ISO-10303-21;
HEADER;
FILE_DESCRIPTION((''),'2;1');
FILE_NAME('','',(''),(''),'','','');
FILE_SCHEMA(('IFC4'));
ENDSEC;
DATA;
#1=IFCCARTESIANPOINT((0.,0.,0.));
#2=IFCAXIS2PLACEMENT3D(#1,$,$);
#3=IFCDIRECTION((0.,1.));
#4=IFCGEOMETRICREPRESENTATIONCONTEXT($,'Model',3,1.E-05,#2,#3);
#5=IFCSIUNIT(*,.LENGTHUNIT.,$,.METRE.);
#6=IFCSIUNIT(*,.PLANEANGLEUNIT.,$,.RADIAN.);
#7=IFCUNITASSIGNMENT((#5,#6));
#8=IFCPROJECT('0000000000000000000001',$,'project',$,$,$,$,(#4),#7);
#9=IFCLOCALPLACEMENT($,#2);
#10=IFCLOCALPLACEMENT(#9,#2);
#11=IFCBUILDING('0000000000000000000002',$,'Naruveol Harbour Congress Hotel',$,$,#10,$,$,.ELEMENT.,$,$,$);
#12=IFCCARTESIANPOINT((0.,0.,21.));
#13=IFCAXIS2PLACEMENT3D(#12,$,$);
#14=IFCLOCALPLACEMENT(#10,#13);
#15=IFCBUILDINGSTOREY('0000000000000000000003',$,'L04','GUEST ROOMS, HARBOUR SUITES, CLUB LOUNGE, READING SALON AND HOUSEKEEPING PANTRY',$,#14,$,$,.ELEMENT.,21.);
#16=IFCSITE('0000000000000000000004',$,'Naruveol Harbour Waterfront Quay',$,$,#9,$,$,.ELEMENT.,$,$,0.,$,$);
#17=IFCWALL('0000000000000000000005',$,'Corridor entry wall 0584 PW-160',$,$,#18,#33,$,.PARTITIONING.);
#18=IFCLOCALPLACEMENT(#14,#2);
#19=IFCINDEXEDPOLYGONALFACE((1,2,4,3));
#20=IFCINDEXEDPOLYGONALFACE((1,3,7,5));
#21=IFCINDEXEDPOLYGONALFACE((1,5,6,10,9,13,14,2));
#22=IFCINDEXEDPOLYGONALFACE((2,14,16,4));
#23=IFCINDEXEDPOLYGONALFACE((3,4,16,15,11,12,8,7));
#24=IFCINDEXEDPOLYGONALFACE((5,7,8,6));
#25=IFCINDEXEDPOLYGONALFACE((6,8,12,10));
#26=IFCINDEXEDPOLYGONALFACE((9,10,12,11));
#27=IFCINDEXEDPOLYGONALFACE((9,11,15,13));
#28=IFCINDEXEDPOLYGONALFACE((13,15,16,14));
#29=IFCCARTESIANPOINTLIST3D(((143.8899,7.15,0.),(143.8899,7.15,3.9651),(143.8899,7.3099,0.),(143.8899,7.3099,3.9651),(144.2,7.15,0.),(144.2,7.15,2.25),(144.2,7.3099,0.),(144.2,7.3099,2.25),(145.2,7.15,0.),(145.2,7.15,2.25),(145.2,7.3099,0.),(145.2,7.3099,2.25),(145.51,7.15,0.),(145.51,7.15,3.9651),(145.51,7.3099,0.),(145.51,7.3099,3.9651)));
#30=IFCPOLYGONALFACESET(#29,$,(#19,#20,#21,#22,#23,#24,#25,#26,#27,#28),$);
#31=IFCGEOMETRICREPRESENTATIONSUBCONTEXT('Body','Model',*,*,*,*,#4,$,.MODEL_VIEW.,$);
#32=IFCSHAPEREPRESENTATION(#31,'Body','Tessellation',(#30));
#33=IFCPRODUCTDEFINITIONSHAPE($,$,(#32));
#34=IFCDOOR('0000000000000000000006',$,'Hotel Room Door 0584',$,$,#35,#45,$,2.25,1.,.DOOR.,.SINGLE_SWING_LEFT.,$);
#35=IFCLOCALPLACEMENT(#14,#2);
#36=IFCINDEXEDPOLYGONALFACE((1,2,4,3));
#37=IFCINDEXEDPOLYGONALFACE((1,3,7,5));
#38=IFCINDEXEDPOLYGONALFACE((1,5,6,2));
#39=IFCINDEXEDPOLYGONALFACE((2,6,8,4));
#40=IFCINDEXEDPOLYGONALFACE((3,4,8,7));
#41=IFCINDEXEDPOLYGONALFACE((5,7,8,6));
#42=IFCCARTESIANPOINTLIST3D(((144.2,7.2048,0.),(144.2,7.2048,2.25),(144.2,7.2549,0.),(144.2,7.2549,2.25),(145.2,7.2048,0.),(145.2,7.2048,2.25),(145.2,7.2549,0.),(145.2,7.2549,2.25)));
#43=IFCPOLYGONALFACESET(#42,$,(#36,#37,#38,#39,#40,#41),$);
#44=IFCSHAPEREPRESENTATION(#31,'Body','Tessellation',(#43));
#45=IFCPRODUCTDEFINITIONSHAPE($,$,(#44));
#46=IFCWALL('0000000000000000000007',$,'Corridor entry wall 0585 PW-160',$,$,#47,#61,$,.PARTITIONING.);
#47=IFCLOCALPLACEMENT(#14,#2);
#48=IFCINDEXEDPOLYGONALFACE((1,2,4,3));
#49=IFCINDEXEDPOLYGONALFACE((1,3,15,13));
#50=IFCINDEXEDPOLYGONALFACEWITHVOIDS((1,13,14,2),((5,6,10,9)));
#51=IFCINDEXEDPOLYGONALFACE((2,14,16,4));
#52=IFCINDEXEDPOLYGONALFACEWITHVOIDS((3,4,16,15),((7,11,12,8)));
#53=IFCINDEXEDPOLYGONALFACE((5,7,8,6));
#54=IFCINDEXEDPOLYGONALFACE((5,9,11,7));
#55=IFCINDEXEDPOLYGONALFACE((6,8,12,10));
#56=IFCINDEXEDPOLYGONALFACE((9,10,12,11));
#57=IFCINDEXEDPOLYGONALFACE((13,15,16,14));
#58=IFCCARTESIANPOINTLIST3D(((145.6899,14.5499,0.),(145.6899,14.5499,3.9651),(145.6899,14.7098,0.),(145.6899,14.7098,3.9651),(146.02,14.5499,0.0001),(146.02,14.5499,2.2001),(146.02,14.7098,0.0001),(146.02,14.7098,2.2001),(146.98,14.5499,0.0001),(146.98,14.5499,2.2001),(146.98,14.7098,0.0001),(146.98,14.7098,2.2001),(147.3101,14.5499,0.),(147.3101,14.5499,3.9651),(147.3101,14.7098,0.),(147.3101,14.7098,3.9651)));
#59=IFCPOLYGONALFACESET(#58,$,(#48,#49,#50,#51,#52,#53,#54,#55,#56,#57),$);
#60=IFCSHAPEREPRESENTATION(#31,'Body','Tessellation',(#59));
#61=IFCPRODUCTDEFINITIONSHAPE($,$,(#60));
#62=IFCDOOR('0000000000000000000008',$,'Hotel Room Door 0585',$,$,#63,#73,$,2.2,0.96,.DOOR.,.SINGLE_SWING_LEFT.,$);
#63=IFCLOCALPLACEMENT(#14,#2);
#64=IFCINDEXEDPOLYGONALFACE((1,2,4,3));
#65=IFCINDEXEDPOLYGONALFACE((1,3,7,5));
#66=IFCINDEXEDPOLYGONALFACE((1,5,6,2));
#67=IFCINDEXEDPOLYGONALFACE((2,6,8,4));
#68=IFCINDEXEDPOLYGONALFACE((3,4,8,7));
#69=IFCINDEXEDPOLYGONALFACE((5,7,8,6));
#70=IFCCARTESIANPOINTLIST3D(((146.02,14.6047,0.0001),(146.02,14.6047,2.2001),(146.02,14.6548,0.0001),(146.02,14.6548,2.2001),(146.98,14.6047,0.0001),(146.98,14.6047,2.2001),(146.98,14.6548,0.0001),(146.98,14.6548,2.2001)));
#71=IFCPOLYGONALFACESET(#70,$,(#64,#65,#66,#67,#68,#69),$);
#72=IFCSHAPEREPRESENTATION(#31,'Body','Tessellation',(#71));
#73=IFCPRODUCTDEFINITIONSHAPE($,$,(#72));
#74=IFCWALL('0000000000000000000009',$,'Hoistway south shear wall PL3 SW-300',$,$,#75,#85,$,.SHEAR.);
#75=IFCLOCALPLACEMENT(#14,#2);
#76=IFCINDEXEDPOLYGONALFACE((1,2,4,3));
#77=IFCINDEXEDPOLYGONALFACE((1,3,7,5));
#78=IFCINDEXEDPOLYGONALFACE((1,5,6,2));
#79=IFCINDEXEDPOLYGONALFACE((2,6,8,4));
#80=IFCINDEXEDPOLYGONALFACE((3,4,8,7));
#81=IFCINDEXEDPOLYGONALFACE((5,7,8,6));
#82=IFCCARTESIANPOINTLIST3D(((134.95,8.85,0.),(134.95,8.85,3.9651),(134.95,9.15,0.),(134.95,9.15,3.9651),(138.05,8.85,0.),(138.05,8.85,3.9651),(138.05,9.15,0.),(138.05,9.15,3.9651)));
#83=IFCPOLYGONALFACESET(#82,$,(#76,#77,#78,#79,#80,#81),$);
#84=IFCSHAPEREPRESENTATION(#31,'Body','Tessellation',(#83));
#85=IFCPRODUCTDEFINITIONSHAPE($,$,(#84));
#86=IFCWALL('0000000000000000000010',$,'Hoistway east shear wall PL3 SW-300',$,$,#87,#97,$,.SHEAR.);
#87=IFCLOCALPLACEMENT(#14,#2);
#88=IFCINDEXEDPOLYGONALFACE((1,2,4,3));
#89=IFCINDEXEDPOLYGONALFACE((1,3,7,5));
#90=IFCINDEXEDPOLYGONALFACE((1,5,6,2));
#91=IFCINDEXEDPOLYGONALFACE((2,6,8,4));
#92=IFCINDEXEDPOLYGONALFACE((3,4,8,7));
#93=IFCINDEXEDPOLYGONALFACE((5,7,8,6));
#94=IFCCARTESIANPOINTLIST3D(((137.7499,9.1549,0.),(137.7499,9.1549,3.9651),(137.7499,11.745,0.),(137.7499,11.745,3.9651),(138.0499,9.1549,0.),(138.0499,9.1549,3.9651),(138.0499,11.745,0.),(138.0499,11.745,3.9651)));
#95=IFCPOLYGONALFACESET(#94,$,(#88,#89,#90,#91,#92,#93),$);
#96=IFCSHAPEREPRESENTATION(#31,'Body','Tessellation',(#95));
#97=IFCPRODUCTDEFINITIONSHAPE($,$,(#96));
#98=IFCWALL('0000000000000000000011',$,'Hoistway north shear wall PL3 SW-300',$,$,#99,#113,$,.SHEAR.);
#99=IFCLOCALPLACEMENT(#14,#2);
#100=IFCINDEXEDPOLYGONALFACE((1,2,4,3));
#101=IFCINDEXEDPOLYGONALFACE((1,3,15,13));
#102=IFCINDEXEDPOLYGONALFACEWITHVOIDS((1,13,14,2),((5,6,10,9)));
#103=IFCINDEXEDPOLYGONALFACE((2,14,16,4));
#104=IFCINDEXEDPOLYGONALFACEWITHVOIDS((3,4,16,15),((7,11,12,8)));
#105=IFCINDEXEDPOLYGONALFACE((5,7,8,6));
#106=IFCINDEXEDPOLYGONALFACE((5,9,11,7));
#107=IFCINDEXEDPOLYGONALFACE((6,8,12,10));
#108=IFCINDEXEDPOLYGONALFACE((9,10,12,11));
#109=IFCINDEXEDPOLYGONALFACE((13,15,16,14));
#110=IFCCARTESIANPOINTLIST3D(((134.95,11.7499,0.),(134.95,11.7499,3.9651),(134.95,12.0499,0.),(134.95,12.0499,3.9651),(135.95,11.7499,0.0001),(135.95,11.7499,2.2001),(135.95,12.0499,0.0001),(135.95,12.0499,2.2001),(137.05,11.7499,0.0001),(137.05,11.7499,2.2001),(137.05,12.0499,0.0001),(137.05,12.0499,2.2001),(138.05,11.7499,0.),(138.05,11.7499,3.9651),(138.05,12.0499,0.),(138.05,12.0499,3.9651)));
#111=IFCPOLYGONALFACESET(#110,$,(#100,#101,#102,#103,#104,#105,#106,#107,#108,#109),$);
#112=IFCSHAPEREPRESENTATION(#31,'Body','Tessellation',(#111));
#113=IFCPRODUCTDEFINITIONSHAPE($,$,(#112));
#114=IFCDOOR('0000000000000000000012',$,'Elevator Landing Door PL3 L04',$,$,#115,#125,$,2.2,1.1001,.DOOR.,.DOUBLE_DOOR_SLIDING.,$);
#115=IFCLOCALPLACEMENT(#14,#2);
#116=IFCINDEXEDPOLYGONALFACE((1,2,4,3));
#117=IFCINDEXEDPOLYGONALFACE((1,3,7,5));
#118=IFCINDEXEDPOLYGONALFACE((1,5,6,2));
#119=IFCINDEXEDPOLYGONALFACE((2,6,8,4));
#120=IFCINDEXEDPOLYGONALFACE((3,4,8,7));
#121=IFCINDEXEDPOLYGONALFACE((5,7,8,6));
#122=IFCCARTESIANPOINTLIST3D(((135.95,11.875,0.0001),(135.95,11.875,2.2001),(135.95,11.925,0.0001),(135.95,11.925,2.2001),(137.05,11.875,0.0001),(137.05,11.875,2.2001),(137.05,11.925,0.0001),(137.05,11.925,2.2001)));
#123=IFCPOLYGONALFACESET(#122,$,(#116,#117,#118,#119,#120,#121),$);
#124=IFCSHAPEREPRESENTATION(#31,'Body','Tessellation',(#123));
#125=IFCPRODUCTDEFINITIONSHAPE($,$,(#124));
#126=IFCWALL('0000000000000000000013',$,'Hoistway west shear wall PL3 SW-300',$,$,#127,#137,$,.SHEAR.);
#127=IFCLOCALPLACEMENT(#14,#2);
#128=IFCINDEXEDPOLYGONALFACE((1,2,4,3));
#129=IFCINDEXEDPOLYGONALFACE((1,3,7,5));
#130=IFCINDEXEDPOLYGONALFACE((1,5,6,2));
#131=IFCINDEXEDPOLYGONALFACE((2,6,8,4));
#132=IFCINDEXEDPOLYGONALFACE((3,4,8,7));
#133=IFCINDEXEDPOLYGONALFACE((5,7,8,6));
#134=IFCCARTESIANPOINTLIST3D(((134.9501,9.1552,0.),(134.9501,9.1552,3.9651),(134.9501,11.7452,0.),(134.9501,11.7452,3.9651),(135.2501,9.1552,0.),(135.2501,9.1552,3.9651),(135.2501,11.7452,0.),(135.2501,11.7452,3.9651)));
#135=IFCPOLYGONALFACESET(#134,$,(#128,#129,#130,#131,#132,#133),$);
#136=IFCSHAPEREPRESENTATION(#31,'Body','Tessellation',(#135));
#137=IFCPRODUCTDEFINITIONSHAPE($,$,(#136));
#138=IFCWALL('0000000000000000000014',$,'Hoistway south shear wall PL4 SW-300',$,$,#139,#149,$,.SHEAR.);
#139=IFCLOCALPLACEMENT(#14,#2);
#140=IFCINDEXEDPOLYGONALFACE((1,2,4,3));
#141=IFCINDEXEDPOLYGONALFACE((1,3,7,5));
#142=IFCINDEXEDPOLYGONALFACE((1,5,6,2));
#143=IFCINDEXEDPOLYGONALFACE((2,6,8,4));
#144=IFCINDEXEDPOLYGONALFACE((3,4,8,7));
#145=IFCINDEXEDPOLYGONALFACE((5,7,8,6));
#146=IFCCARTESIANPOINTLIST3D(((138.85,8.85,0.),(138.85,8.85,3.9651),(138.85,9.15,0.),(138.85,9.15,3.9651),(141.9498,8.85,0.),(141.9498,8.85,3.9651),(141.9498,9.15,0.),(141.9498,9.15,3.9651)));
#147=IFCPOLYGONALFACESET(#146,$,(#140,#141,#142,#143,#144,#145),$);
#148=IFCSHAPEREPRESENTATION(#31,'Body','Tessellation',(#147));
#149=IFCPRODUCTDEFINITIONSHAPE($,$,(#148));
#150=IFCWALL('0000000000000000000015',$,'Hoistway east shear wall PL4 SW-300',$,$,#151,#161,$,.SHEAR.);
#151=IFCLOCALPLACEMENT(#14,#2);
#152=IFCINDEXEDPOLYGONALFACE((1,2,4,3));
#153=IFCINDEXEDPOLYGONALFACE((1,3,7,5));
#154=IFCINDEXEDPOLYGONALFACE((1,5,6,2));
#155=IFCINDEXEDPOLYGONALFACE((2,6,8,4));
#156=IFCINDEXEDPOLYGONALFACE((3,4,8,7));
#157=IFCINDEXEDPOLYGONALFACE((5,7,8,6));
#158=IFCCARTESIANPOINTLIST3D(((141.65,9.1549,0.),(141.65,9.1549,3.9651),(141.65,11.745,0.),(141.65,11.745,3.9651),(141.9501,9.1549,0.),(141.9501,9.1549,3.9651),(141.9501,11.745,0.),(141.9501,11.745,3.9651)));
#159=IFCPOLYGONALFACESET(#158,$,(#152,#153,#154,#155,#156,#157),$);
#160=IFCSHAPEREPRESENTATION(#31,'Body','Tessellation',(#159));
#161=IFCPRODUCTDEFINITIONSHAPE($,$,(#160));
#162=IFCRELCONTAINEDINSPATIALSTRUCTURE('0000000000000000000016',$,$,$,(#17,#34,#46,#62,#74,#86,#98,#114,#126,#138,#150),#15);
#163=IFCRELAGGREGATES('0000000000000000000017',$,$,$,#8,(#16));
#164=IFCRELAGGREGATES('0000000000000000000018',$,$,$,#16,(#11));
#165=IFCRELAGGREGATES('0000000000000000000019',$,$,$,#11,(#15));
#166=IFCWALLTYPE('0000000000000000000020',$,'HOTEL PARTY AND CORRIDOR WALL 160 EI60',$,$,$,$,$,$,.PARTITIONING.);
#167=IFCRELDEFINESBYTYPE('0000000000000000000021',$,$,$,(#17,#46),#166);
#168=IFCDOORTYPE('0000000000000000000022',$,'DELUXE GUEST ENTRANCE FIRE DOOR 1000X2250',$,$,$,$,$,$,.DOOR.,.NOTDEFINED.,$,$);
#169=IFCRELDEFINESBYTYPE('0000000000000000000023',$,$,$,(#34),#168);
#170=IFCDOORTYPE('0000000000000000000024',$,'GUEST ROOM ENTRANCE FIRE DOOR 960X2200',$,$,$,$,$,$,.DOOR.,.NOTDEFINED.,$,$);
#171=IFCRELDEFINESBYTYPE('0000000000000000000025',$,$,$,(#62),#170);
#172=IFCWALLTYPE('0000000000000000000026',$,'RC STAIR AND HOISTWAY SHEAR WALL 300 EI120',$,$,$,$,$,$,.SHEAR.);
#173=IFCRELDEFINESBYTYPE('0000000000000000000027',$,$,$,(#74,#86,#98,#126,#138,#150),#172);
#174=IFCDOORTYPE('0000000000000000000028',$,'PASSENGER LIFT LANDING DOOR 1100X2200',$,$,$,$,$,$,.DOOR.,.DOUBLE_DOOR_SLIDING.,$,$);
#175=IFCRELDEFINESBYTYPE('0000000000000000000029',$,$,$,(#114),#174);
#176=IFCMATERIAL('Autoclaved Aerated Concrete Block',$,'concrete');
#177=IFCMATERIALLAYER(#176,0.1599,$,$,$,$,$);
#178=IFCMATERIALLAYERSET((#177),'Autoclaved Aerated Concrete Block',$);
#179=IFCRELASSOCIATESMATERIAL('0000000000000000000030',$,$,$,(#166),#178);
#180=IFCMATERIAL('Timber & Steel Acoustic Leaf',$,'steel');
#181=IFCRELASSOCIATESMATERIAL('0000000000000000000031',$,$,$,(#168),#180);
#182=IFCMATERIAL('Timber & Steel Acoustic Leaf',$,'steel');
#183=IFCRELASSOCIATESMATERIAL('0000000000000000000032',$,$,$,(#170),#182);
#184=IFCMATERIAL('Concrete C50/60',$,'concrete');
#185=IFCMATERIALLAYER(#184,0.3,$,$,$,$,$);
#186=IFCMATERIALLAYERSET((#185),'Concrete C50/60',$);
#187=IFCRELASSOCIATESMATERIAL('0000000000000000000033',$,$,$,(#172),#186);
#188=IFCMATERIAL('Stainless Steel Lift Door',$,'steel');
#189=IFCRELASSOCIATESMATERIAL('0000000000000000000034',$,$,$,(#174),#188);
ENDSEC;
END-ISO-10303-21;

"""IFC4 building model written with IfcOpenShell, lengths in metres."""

from ifc_helpers import new_model, si_unit, direction, frame, frame_2d, origin, place, context, subcontext, project, spatial, rectangle, extrude, material, layer, layer_set, type_object, element, fill, save


model = new_model("IFC4")

# Units and contexts
model_context = context("Model", 3, precision=1e-05, world=origin(), true_north=direction((0.0, 1.0)))
body_context = subcontext(model_context, "Body", "Model", "MODEL_VIEW")
ifc_project = project(units=[si_unit("LENGTHUNIT", "METRE"), si_unit("PLANEANGLEUNIT", "RADIAN")], contexts=[model_context])

# Site, building, storey
site_placement = place(None, origin())
site = spatial("IfcSite", under=ifc_project, at=site_placement, Name="Naruveol Harbour Waterfront Quay", CompositionType="ELEMENT", RefElevation=0.0)
building_placement = place(site_placement, origin())
building = spatial("IfcBuilding", under=site, at=building_placement, Name="Naruveol Harbour Congress Hotel", CompositionType="ELEMENT")
storey_placement = place(building_placement, frame((0.0, 0.0, 21.0)))
storey = spatial("IfcBuildingStorey", under=building, at=storey_placement, Name="L04", Description="GUEST ROOMS, HARBOUR SUITES, CLUB LOUNGE, READING SALON AND HOUSEKEEPING PANTRY", CompositionType="ELEMENT", Elevation=21.0)

# Shared definitions
ifc_material_1 = material(Name="Autoclaved Aerated Concrete Block", Category="concrete")
ifc_layer_1 = layer(ifc_material_1, 0.1599)
ifc_layer_set_1 = layer_set([ifc_layer_1], Name="Autoclaved Aerated Concrete Block")
wall_type_1 = type_object("IfcWallType", Name="HOTEL PARTY AND CORRIDOR WALL 160 EI60", PredefinedType="PARTITIONING", material=ifc_layer_set_1)

# Shared definitions
ifc_material_2 = material(Name="Timber & Steel Acoustic Leaf", Category="steel")
door_type_1 = type_object("IfcDoorType", Name="DELUXE GUEST ENTRANCE FIRE DOOR 1000X2250", OperationType="NOTDEFINED", PredefinedType="DOOR", material=ifc_material_2)
ifc_material_3 = material(Name="Timber & Steel Acoustic Leaf", Category="steel")
door_type_2 = type_object("IfcDoorType", Name="GUEST ROOM ENTRANCE FIRE DOOR 960X2200", OperationType="NOTDEFINED", PredefinedType="DOOR", material=ifc_material_3)

# Walls, openings, doors
wall_1_placement = place(storey_placement, frame((143.8899, 7.23, 0.0), z_axis=(0.0, 0.0, 1.0), x_axis=(1.0, 0.0, 0.0)))
wall_1 = element("IfcWall", 1, at=wall_1_placement, inside=storey, type_object=wall_type_1, Name="Corridor entry wall 0584 PW-160", PredefinedType="PARTITIONING", context=body_context, shape_type="SweptSolid", body=[
    extrude(rectangle(XDim=1.6201, YDim=0.1599, at=frame_2d((0.8101, 0.0))), origin(), (0.0, 0.0, 1.0), 3.9651),
])
opening_1_placement = place(wall_1_placement, frame((0.3101, 0.0, 0.0)))
opening_1 = element("IfcOpeningElement", 2, at=opening_1_placement, cuts=wall_1, PredefinedType="OPENING", context=body_context, shape_type="SweptSolid", body=[
    extrude(rectangle(XDim=1.0, YDim=2.25, at=frame_2d((0.5, 1.125))), frame((0.0, 0.0898, 0.0), z_axis=(0.0, -1.0, 0.0), x_axis=(1.0, 0.0, 0.0)), (0.0, 0.0, 1.0), 0.1799),
])
door_1_placement = place(opening_1_placement, origin())
door_1 = element("IfcDoor", 3, at=door_1_placement, inside=storey, type_object=door_type_1, Name="Hotel Room Door 0584", OperationType="SINGLE_SWING_LEFT", OverallHeight=2.25, OverallWidth=1.0, PredefinedType="DOOR", context=body_context, shape_type="SweptSolid", body=[
    extrude(rectangle(XDim=1.0, YDim=2.25, at=frame_2d((0.5, 1.125))), frame((0.0, 0.0249, 0.0), z_axis=(0.0, -1.0, 0.0), x_axis=(1.0, 0.0, 0.0)), (0.0, 0.0, 1.0), 0.05),
])
fill(opening_1, door_1)
wall_2_placement = place(storey_placement, frame((145.6899, 14.6299, 0.0), z_axis=(0.0, 0.0, 1.0), x_axis=(1.0, 0.0, 0.0)))
wall_2 = element("IfcWall", 4, at=wall_2_placement, inside=storey, type_object=wall_type_1, Name="Corridor entry wall 0585 PW-160", PredefinedType="PARTITIONING", context=body_context, shape_type="SweptSolid", body=[
    extrude(rectangle(XDim=1.6201, YDim=0.1599, at=frame_2d((0.8101, 0.0))), origin(), (0.0, 0.0, 1.0), 3.9651),
])
opening_2_placement = place(wall_2_placement, frame((0.3301, 0.0, 0.0)))
opening_2 = element("IfcOpeningElement", 5, at=opening_2_placement, cuts=wall_2, PredefinedType="OPENING", context=body_context, shape_type="SweptSolid", body=[
    extrude(rectangle(XDim=0.96, YDim=2.2, at=frame_2d((0.48, 1.1001))), frame((0.0, 0.0898, 0.0), z_axis=(0.0, -1.0, 0.0), x_axis=(1.0, 0.0, 0.0)), (0.0, 0.0, 1.0), 0.1799),
])
door_2_placement = place(opening_2_placement, origin())
door_2 = element("IfcDoor", 6, at=door_2_placement, inside=storey, type_object=door_type_2, Name="Hotel Room Door 0585", OperationType="SINGLE_SWING_LEFT", OverallHeight=2.2, OverallWidth=0.96, PredefinedType="DOOR", context=body_context, shape_type="SweptSolid", body=[
    extrude(rectangle(XDim=0.96, YDim=2.2, at=frame_2d((0.48, 1.1001))), frame((0.0, 0.0249, 0.0), z_axis=(0.0, -1.0, 0.0), x_axis=(1.0, 0.0, 0.0)), (0.0, 0.0, 1.0), 0.05),
])
fill(opening_2, door_2)

# Walls
ifc_material_4 = material(Name="Concrete C50/60", Category="concrete")
ifc_layer_2 = layer(ifc_material_4, 0.3)
ifc_layer_set_2 = layer_set([ifc_layer_2], Name="Concrete C50/60")
wall_type_2 = type_object("IfcWallType", Name="RC STAIR AND HOISTWAY SHEAR WALL 300 EI120", PredefinedType="SHEAR", material=ifc_layer_set_2)
wall_3_placement = place(storey_placement, frame((134.95, 9.0, 0.0), z_axis=(0.0, 0.0, 1.0), x_axis=(1.0, 0.0, 0.0)))
element("IfcWall", 7, at=wall_3_placement, inside=storey, type_object=wall_type_2, Name="Hoistway south shear wall PL3 SW-300", PredefinedType="SHEAR", context=body_context, shape_type="SweptSolid", body=[
    extrude(rectangle(XDim=3.1001, YDim=0.3, at=frame_2d((1.55, 0.0))), origin(), (0.0, 0.0, 1.0), 3.9651),
])
wall_4_placement = place(storey_placement, frame((137.8999, 9.155, 0.0), z_axis=(0.0, 0.0, 1.0), x_axis=(0.0, 1.0, 0.0)))
element("IfcWall", 8, at=wall_4_placement, inside=storey, type_object=wall_type_2, Name="Hoistway east shear wall PL3 SW-300", PredefinedType="SHEAR", context=body_context, shape_type="SweptSolid", body=[
    extrude(rectangle(XDim=2.5901, YDim=0.3, at=frame_2d((1.2949, 0.0))), origin(), (0.0, 0.0, 1.0), 3.9651),
])

# Wall, opening, door
wall_5_placement = place(storey_placement, frame((138.05, 11.8999, 0.0), z_axis=(0.0, 0.0, 1.0), x_axis=(-1.0, 0.0, 0.0)))
wall_5 = element("IfcWall", 9, at=wall_5_placement, inside=storey, type_object=wall_type_2, Name="Hoistway north shear wall PL3 SW-300", PredefinedType="SHEAR", context=body_context, shape_type="SweptSolid", body=[
    extrude(rectangle(XDim=3.1001, YDim=0.3, at=frame_2d((1.55, 0.0))), origin(), (0.0, 0.0, 1.0), 3.9651),
])
opening_3_placement = place(wall_5_placement, frame((1.0, 0.0, 0.0)))
opening_3 = element("IfcOpeningElement", 10, at=opening_3_placement, cuts=wall_5, PredefinedType="OPENING", context=body_context, shape_type="SweptSolid", body=[
    extrude(rectangle(XDim=1.1001, YDim=2.2, at=frame_2d((0.55, 1.1001))), frame((0.0, 0.1599, 0.0), z_axis=(0.0, -1.0, 0.0), x_axis=(1.0, 0.0, 0.0)), (0.0, 0.0, 1.0), 0.3201),
])
ifc_material_5 = material(Name="Stainless Steel Lift Door", Category="steel")
door_type_3 = type_object("IfcDoorType", Name="PASSENGER LIFT LANDING DOOR 1100X2200", OperationType="DOUBLE_DOOR_SLIDING", PredefinedType="DOOR", material=ifc_material_5)
door_3_placement = place(opening_3_placement, origin())
door_3 = element("IfcDoor", 11, at=door_3_placement, inside=storey, type_object=door_type_3, Name="Elevator Landing Door PL3 L04", OperationType="DOUBLE_DOOR_SLIDING", OverallHeight=2.2, OverallWidth=1.1001, PredefinedType="DOOR", context=body_context, shape_type="SweptSolid", body=[
    extrude(rectangle(XDim=1.1001, YDim=2.2, at=frame_2d((0.55, 1.1001))), frame((0.0, 0.0249, 0.0), z_axis=(0.0, -1.0, 0.0), x_axis=(1.0, 0.0, 0.0)), (0.0, 0.0, 1.0), 0.05),
])
fill(opening_3, door_3)

# Walls
wall_6_placement = place(storey_placement, frame((135.1001, 11.7451, 0.0), z_axis=(0.0, 0.0, 1.0), x_axis=(0.0, -1.0, 0.0)))
element("IfcWall", 12, at=wall_6_placement, inside=storey, type_object=wall_type_2, Name="Hoistway west shear wall PL3 SW-300", PredefinedType="SHEAR", context=body_context, shape_type="SweptSolid", body=[
    extrude(rectangle(XDim=2.5901, YDim=0.3, at=frame_2d((1.2949, 0.0))), origin(), (0.0, 0.0, 1.0), 3.9651),
])
wall_7_placement = place(storey_placement, frame((138.8501, 9.0, 0.0), z_axis=(0.0, 0.0, 1.0), x_axis=(1.0, 0.0, 0.0)))
element("IfcWall", 13, at=wall_7_placement, inside=storey, type_object=wall_type_2, Name="Hoistway south shear wall PL4 SW-300", PredefinedType="SHEAR", context=body_context, shape_type="SweptSolid", body=[
    extrude(rectangle(XDim=3.0999, YDim=0.3, at=frame_2d((1.5498, 0.0))), origin(), (0.0, 0.0, 1.0), 3.9651),
])
wall_8_placement = place(storey_placement, frame((141.8, 9.155, 0.0), z_axis=(0.0, 0.0, 1.0), x_axis=(0.0, 1.0, 0.0)))
element("IfcWall", 14, at=wall_8_placement, inside=storey, type_object=wall_type_2, Name="Hoistway east shear wall PL4 SW-300", PredefinedType="SHEAR", context=body_context, shape_type="SweptSolid", body=[
    extrude(rectangle(XDim=2.5901, YDim=0.3, at=frame_2d((1.2949, 0.0))), origin(), (0.0, 0.0, 1.0), 3.9651),
])

save(model, "model.ifc")
